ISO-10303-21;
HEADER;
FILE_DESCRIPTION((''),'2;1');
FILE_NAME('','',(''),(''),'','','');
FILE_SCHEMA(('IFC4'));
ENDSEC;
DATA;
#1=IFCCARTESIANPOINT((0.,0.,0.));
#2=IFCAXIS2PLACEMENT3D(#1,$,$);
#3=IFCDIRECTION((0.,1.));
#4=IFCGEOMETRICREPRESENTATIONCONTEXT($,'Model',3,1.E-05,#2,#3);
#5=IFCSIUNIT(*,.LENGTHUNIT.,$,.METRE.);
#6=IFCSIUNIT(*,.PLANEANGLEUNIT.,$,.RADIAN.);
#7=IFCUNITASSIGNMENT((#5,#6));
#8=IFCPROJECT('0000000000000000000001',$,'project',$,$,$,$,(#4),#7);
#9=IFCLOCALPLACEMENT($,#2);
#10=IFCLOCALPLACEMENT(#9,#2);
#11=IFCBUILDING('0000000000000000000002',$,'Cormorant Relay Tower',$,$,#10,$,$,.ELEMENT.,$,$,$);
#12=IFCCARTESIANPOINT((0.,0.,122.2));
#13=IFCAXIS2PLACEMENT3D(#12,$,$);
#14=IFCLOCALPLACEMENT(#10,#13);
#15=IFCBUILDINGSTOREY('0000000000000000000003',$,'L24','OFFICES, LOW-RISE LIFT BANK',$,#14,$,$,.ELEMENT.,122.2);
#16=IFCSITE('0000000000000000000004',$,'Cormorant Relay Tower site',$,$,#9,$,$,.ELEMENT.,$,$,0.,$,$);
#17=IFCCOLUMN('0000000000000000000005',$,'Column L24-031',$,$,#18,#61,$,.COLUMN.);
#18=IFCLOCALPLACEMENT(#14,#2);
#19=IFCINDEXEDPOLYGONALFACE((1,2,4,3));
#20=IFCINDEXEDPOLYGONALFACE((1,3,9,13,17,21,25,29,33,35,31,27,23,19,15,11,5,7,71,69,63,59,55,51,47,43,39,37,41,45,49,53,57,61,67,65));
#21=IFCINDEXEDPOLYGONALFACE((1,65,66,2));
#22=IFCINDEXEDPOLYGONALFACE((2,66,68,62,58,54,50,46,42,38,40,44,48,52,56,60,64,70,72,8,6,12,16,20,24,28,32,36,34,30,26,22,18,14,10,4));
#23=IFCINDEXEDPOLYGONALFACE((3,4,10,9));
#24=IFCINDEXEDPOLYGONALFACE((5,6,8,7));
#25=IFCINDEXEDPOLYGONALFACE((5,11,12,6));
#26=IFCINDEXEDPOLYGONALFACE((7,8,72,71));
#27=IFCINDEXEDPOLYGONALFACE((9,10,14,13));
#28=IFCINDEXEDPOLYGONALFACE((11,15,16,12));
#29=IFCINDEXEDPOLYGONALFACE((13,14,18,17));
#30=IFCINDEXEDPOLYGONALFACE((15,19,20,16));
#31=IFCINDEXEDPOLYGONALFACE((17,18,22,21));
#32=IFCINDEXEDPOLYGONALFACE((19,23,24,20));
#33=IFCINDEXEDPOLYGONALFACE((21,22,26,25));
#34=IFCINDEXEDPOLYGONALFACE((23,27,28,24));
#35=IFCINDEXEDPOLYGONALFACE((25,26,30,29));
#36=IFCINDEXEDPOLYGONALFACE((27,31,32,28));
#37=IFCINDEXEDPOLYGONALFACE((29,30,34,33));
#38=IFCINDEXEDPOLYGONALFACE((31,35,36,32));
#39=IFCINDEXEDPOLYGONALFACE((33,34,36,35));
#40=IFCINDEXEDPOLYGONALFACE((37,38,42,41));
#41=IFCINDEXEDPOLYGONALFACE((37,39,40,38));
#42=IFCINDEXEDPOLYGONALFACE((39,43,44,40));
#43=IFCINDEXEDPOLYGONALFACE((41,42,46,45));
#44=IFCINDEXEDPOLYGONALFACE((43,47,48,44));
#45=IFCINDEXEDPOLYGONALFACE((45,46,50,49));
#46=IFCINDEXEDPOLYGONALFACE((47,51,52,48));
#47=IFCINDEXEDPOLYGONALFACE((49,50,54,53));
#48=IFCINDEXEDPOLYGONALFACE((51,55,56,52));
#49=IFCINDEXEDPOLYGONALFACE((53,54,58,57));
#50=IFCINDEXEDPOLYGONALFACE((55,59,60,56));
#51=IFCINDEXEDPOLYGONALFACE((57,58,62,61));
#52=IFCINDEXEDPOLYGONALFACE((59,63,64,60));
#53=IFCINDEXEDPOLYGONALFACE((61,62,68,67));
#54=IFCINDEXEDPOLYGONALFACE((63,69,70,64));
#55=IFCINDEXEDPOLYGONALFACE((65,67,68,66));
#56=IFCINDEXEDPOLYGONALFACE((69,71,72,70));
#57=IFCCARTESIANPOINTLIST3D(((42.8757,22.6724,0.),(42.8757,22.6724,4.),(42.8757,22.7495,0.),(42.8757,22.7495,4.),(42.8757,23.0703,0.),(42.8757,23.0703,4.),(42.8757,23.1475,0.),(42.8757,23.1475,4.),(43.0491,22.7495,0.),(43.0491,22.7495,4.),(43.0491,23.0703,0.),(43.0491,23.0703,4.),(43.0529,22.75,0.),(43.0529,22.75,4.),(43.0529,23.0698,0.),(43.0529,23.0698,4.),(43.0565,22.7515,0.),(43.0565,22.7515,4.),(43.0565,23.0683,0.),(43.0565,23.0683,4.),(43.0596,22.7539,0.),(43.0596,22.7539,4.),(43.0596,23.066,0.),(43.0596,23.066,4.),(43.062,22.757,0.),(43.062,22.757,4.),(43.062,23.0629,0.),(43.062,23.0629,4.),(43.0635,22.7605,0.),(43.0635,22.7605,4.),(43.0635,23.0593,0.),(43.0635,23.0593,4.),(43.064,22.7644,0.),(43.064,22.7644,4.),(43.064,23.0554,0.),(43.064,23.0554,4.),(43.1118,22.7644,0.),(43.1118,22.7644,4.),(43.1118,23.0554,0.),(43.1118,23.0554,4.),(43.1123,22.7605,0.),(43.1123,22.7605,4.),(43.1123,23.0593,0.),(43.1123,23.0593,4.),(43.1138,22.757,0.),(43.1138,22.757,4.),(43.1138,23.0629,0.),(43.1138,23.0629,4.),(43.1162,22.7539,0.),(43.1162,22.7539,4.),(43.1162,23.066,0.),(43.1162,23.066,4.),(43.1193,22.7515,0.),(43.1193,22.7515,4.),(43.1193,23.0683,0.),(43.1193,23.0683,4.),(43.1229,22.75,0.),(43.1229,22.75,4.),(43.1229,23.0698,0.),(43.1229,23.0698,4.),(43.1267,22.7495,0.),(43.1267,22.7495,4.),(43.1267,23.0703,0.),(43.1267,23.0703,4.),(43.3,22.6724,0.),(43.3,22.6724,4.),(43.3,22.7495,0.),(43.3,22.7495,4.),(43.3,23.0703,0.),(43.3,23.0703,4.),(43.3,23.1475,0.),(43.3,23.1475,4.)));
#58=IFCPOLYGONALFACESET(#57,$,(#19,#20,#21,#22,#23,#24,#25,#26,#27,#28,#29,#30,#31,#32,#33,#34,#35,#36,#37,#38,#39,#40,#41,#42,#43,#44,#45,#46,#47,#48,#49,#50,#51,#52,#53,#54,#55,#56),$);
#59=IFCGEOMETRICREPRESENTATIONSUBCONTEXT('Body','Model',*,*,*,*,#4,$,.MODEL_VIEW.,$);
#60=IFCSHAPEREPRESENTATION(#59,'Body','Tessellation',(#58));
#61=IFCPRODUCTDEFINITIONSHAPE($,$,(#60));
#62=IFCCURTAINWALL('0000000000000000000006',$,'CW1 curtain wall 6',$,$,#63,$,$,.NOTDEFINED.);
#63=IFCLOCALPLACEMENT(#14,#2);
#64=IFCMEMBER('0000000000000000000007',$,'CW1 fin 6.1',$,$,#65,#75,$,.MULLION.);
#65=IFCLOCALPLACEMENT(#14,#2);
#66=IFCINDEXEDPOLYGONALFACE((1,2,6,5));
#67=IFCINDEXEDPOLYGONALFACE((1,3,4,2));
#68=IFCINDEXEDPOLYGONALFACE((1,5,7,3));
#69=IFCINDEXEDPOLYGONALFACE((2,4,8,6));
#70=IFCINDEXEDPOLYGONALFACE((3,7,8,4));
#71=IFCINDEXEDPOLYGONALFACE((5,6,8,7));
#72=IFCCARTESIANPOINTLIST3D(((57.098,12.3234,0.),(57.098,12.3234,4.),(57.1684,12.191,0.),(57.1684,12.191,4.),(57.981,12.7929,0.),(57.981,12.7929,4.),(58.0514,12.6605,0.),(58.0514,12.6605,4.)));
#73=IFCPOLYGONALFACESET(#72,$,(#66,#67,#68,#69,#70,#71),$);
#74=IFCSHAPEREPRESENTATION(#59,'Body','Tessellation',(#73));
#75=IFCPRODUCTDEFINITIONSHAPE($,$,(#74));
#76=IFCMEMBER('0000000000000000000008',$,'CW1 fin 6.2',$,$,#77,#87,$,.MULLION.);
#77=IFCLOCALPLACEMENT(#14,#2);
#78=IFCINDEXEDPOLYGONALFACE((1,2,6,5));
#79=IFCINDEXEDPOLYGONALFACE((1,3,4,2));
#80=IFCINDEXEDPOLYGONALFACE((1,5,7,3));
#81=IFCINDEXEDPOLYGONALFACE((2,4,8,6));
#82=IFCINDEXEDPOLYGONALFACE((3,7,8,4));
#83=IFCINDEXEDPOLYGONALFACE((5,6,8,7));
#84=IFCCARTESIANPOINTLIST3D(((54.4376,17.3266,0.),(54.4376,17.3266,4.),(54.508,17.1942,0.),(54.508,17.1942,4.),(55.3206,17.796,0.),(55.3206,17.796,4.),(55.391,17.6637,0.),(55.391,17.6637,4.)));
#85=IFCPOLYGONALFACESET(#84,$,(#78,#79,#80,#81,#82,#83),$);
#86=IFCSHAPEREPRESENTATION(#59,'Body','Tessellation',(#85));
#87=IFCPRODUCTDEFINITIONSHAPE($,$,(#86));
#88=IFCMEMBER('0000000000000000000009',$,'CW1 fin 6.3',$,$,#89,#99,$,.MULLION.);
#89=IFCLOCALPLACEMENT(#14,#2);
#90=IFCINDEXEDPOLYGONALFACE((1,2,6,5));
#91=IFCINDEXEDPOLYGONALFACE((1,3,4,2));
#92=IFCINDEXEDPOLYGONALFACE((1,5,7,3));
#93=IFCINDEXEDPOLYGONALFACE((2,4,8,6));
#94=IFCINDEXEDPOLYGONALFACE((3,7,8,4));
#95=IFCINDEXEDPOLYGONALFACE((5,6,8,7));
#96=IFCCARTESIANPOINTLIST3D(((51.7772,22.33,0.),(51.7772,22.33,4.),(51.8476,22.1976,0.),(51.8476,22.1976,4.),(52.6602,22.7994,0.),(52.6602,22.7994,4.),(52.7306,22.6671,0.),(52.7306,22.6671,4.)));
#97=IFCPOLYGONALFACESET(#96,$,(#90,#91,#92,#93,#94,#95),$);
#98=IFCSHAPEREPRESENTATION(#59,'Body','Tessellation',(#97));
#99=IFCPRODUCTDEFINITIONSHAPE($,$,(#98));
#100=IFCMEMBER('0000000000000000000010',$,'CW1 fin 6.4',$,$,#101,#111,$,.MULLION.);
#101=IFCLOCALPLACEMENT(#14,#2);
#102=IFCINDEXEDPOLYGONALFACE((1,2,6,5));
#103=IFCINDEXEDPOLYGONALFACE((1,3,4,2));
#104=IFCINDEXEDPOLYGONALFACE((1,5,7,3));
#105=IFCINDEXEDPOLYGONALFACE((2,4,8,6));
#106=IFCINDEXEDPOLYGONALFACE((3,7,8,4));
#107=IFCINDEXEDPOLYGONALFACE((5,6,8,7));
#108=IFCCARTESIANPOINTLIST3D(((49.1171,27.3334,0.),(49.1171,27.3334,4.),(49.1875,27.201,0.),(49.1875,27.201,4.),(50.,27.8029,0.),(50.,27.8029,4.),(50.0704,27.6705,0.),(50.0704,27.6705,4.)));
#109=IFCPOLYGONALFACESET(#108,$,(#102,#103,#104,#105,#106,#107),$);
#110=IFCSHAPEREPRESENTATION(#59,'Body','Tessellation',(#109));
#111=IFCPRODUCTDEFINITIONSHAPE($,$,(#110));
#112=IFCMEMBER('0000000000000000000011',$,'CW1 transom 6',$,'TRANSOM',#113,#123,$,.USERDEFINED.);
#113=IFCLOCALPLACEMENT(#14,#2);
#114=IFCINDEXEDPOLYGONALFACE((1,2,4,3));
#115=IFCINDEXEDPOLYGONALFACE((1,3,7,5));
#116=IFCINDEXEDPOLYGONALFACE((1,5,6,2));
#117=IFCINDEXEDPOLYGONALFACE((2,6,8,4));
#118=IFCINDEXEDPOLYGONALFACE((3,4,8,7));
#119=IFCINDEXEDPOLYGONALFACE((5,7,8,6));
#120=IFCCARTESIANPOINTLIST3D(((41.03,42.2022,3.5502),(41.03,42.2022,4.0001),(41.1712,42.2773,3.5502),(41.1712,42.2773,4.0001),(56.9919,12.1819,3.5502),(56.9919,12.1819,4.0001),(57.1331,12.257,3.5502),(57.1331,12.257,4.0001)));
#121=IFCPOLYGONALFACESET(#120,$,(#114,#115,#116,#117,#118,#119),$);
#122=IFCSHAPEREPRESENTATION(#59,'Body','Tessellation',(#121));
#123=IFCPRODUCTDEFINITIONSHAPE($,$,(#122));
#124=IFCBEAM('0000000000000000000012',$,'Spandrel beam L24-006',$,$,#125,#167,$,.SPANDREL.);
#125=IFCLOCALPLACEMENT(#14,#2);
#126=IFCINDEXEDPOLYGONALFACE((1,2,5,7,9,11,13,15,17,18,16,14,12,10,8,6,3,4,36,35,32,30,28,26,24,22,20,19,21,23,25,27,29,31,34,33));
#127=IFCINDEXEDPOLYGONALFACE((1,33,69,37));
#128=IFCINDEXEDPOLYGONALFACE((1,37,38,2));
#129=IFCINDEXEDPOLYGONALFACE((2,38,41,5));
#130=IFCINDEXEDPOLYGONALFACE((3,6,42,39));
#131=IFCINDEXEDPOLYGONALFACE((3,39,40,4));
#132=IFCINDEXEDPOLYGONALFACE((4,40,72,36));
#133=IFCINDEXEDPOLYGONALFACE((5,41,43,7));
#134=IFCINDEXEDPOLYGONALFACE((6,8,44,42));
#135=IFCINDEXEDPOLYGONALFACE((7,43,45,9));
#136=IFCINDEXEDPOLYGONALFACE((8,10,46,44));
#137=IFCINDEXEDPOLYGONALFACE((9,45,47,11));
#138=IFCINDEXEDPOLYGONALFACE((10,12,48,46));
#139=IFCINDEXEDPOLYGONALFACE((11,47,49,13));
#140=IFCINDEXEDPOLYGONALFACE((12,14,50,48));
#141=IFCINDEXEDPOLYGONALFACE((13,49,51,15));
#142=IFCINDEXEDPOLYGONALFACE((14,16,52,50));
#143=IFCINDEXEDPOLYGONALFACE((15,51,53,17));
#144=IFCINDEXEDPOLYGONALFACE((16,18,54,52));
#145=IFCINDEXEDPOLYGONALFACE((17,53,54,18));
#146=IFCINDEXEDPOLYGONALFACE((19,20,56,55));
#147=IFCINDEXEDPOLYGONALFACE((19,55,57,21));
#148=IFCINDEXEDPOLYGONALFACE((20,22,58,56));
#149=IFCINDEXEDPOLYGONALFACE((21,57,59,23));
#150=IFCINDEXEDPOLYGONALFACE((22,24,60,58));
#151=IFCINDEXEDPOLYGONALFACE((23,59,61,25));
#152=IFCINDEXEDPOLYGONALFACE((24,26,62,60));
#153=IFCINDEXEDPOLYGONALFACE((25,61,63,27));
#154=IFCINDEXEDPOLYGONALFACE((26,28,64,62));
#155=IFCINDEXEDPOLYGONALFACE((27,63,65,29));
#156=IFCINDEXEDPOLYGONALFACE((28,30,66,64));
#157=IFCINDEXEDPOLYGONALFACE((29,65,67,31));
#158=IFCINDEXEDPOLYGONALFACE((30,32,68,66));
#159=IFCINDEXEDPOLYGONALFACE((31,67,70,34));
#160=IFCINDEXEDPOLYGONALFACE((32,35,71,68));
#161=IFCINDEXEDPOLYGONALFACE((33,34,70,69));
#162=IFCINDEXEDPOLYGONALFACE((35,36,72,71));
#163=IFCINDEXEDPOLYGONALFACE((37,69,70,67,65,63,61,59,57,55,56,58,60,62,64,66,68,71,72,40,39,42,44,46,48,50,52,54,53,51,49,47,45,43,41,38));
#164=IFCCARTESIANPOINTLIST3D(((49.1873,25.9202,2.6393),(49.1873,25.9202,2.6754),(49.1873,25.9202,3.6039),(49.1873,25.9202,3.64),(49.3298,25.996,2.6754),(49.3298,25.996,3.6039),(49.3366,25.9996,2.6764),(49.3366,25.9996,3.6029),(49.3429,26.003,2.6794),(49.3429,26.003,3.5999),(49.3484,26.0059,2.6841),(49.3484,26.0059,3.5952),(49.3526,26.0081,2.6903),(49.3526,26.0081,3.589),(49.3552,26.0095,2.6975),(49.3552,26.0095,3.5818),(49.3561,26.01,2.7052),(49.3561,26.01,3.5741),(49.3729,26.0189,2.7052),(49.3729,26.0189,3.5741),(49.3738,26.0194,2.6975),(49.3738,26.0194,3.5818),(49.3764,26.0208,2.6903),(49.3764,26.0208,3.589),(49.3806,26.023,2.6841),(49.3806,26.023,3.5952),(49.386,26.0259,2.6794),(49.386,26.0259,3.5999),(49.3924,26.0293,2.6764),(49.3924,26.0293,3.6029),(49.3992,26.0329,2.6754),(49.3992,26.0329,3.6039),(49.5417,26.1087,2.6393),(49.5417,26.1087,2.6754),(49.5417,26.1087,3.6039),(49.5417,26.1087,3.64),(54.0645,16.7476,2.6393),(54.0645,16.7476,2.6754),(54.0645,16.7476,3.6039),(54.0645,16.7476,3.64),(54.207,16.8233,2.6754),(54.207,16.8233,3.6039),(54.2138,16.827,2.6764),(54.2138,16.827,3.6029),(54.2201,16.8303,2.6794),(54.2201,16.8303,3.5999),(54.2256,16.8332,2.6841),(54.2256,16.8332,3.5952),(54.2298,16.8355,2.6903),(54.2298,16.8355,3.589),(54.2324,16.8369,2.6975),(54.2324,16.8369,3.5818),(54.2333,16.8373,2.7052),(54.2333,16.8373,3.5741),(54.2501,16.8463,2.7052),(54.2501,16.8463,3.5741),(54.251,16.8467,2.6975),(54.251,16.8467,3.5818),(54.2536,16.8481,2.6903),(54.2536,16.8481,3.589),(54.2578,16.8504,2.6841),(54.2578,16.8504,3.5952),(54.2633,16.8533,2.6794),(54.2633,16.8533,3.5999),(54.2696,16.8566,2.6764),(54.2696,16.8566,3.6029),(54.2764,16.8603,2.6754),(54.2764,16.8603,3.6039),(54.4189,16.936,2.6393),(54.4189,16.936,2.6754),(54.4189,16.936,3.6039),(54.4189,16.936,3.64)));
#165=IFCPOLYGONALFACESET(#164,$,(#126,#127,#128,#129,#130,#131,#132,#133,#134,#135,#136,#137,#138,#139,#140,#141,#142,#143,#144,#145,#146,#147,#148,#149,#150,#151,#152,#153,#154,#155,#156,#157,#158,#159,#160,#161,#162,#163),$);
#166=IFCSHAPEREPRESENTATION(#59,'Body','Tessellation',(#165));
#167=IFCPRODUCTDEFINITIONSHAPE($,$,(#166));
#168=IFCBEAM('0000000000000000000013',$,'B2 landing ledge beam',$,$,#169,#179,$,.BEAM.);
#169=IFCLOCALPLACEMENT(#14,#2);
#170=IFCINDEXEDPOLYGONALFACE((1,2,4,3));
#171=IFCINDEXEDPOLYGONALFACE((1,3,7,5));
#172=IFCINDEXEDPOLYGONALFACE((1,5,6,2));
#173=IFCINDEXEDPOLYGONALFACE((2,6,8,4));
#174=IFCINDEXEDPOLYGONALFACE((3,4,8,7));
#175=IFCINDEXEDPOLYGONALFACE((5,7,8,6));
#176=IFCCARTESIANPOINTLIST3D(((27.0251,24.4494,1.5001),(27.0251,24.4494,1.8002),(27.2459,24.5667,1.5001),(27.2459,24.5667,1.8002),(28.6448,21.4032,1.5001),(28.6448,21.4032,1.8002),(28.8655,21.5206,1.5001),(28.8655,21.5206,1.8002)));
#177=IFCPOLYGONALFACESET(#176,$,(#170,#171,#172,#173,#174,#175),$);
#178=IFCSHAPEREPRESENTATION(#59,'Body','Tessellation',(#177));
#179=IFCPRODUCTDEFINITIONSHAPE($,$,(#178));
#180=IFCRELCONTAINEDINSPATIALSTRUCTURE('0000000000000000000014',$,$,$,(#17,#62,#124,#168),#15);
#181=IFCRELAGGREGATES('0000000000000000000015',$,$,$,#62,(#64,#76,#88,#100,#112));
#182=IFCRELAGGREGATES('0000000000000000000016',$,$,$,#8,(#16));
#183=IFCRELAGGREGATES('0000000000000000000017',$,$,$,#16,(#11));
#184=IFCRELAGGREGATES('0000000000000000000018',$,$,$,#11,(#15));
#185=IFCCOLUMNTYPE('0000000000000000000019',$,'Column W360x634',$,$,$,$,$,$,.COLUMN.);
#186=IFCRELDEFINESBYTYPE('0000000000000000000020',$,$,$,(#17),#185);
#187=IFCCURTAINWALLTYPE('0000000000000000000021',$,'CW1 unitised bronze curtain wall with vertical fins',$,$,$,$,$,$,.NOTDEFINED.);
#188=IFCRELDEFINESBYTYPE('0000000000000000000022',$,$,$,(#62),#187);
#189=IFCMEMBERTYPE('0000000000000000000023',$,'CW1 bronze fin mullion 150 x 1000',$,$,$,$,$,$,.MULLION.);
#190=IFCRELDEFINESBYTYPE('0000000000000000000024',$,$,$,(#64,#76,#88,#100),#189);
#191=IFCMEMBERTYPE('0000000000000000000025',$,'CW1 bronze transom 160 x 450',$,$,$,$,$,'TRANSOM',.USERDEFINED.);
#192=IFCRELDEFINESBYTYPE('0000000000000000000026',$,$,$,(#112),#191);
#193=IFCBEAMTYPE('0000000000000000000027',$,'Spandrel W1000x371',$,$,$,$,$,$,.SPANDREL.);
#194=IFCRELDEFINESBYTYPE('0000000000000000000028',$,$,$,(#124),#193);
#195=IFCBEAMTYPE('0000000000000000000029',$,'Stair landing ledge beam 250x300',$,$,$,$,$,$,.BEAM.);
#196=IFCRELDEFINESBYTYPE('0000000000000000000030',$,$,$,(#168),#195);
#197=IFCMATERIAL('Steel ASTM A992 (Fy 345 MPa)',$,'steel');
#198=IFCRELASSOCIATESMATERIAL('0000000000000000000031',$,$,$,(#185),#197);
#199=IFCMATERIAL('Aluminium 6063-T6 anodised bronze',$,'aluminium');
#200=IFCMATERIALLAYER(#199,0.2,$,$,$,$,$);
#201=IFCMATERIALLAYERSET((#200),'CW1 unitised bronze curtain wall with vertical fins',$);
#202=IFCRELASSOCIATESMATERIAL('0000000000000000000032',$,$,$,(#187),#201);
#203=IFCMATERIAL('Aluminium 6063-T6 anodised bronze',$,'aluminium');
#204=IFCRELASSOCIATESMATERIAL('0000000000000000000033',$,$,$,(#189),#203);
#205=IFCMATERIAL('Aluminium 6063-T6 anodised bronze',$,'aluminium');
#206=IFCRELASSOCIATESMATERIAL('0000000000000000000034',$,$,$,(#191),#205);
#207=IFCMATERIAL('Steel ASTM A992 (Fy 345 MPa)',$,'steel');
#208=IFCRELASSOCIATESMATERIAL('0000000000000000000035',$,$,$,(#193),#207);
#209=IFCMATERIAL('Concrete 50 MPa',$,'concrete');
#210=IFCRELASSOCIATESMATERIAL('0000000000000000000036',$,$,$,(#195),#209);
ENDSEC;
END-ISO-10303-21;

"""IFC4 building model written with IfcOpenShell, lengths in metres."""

from ifc_helpers import new_model, si_unit, direction, frame, origin, origin_2d, place, context, subcontext, project, spatial, rectangle, i_section, extrude, material, layer, layer_set, material_profile, profile_set, type_object, element, aggregate, save


model = new_model("IFC4")

# Units and contexts
model_context = context("Model", 3, precision=1e-05, world=origin(), true_north=direction((0.0, 1.0)))
body_context = subcontext(model_context, "Body", "Model", "MODEL_VIEW")
ifc_project = project(units=[si_unit("LENGTHUNIT", "METRE"), si_unit("PLANEANGLEUNIT", "RADIAN")], contexts=[model_context])

# Site, building, storey
site_placement = place(None, origin())
site = spatial("IfcSite", under=ifc_project, at=site_placement, Name="Cormorant Relay Tower site", CompositionType="ELEMENT", RefElevation=0.0)
building_placement = place(site_placement, origin())
building = spatial("IfcBuilding", under=site, at=building_placement, Name="Cormorant Relay Tower", CompositionType="ELEMENT")
storey_placement = place(building_placement, frame((0.0, 0.0, 122.2)))
storey = spatial("IfcBuildingStorey", under=building, at=storey_placement, Name="L24", Description="OFFICES, LOW-RISE LIFT BANK", CompositionType="ELEMENT", Elevation=122.2)

# Column
ifc_material_1 = material(Name="Steel ASTM A992 (Fy 345 MPa)", Category="steel")
ifc_material_profile_1 = material_profile(ifc_material_1, i_section(OverallWidth=0.4243, OverallDepth=0.4751, WebThickness=0.0479, FlangeThickness=0.0771, FilletRadius=0.0149, at=origin_2d()), Name="W360x634")
ifc_profile_set_1 = profile_set([ifc_material_profile_1], Name="Steel ASTM A992 (Fy 345 MPa)")
column_type_1 = type_object("IfcColumnType", Name="Column W360x634", PredefinedType="COLUMN", material=ifc_profile_set_1)
for number, where, z_axis, x_axis, name in (
    (1, (43.0879, 22.9099, 0.0), (0.0, 0.0, 1.0), (1.0, 0.0, 0.0), "Column L24-031"),
):
    element("IfcColumn", number, at=place(storey_placement, frame(where, z_axis=z_axis, x_axis=x_axis)), inside=storey, type_object=column_type_1, Name=name, PredefinedType="COLUMN", context=body_context, shape_type="SweptSolid", body=[
        extrude(i_section(OverallWidth=0.4243, OverallDepth=0.4751, WebThickness=0.0479, FlangeThickness=0.0771, FilletRadius=0.0149, at=origin_2d()), origin(), (0.0, 0.0, 1.0), 4.0),
    ])

# Curtain wall, members
ifc_material_2 = material(Name="Aluminium 6063-T6 anodised bronze", Category="aluminium")
ifc_layer_1 = layer(ifc_material_2, 0.2)
ifc_layer_set_1 = layer_set([ifc_layer_1], Name="CW1 unitised bronze curtain wall with vertical fins")
curtain_wall_type = type_object("IfcCurtainWallType", Name="CW1 unitised bronze curtain wall with vertical fins", PredefinedType="NOTDEFINED", material=ifc_layer_set_1)
curtain_wall_placement = place(storey_placement, origin())
curtain_wall = element("IfcCurtainWall", 2, at=curtain_wall_placement, inside=storey, type_object=curtain_wall_type, Name="CW1 curtain wall 6", PredefinedType="NOTDEFINED")
ifc_material_3 = material(Name="Aluminium 6063-T6 anodised bronze", Category="aluminium")
ifc_material_profile_2 = material_profile(ifc_material_3, rectangle(XDim=0.1499, YDim=1.0, at=origin_2d()), Name="AL 150x1000")
ifc_profile_set_2 = profile_set([ifc_material_profile_2], Name="Aluminium 6063-T6 anodised bronze")
member_type_1 = type_object("IfcMemberType", Name="CW1 bronze fin mullion 150 x 1000", PredefinedType="MULLION", material=ifc_profile_set_2)
member_1_placement = place(storey_placement, frame((57.5747, 12.4919, 0.0), z_axis=(0.0, 0.0, 1.0), x_axis=(-0.469472, 0.882948, 0.0)))
member_1 = element("IfcMember", 3, at=member_1_placement, type_object=member_type_1, Name="CW1 fin 6.1", PredefinedType="MULLION", context=body_context, shape_type="SweptSolid", body=[
    extrude(rectangle(XDim=0.1499, YDim=1.0, at=origin_2d()), origin(), (0.0, 0.0, 1.0), 4.0),
])
member_2_placement = place(storey_placement, frame((54.9143, 17.4951, 0.0), z_axis=(0.0, 0.0, 1.0), x_axis=(-0.469472, 0.882948, 0.0)))
member_2 = element("IfcMember", 4, at=member_2_placement, type_object=member_type_1, Name="CW1 fin 6.2", PredefinedType="MULLION", context=body_context, shape_type="SweptSolid", body=[
    extrude(rectangle(XDim=0.1499, YDim=1.0, at=origin_2d()), origin(), (0.0, 0.0, 1.0), 4.0),
])
member_3_placement = place(storey_placement, frame((52.2539, 22.4985, 0.0), z_axis=(0.0, 0.0, 1.0), x_axis=(-0.469472, 0.882948, 0.0)))
member_3 = element("IfcMember", 5, at=member_3_placement, type_object=member_type_1, Name="CW1 fin 6.3", PredefinedType="MULLION", context=body_context, shape_type="SweptSolid", body=[
    extrude(rectangle(XDim=0.1499, YDim=1.0, at=origin_2d()), origin(), (0.0, 0.0, 1.0), 4.0),
])
member_4_placement = place(storey_placement, frame((49.5938, 27.502, 0.0), z_axis=(0.0, 0.0, 1.0), x_axis=(-0.469472, 0.882948, 0.0)))
member_4 = element("IfcMember", 6, at=member_4_placement, type_object=member_type_1, Name="CW1 fin 6.4", PredefinedType="MULLION", context=body_context, shape_type="SweptSolid", body=[
    extrude(rectangle(XDim=0.1499, YDim=1.0, at=origin_2d()), origin(), (0.0, 0.0, 1.0), 4.0),
])
ifc_material_4 = material(Name="Aluminium 6063-T6 anodised bronze", Category="aluminium")
ifc_material_profile_3 = material_profile(ifc_material_4, rectangle(XDim=0.1599, YDim=0.45, at=origin_2d()), Name="AL 160x450")
ifc_profile_set_3 = profile_set([ifc_material_profile_3], Name="Aluminium 6063-T6 anodised bronze")
member_type_2 = type_object("IfcMemberType", Name="CW1 bronze transom 160 x 450", ElementType="TRANSOM", PredefinedType="USERDEFINED", material=ifc_profile_set_3)
member_5_placement = place(storey_placement, frame((57.0625, 12.2195, 3.7751), z_axis=(-0.469468, 0.882949, 0.0), x_axis=(-0.882949, -0.469468, 0.0)))
member_5 = element("IfcMember", 7, at=member_5_placement, type_object=member_type_2, Name="CW1 transom 6", ObjectType="TRANSOM", PredefinedType="USERDEFINED", context=body_context, shape_type="SweptSolid", body=[
    extrude(rectangle(XDim=0.1599, YDim=0.45, at=origin_2d()), origin(), (0.0, 0.0, 1.0), 34.0),
])

# Beams
ifc_material_5 = material(Name="Steel ASTM A992 (Fy 345 MPa)", Category="steel")
ifc_material_profile_4 = material_profile(ifc_material_5, i_section(OverallWidth=0.4014, OverallDepth=1.0007, WebThickness=0.019, FlangeThickness=0.0361, FilletRadius=0.0298, at=origin_2d()), Name="W1000x371")
ifc_profile_set_4 = profile_set([ifc_material_profile_4], Name="Steel ASTM A992 (Fy 345 MPa)")
beam_type_1 = type_object("IfcBeamType", Name="Spandrel W1000x371", PredefinedType="SPANDREL", material=ifc_profile_set_4)
beam_1_placement = place(storey_placement, frame((54.2417, 16.8418, 3.1396), z_axis=(-0.469474, 0.882946, 0.0), x_axis=(-0.882946, -0.469474, 0.0)))
element("IfcBeam", 8, at=beam_1_placement, inside=storey, type_object=beam_type_1, Name="Spandrel beam L24-006", PredefinedType="SPANDREL", context=body_context, shape_type="SweptSolid", body=[
    extrude(i_section(OverallWidth=0.4014, OverallDepth=1.0007, WebThickness=0.019, FlangeThickness=0.0361, FilletRadius=0.0298, at=origin_2d()), origin(), (0.0, 0.0, 1.0), 10.3887),
])
ifc_material_6 = material(Name="Concrete 50 MPa", Category="concrete")
ifc_material_profile_5 = material_profile(ifc_material_6, rectangle(XDim=0.25, YDim=0.3, at=origin_2d()), Name="RC 250x300")
ifc_profile_set_5 = profile_set([ifc_material_profile_5], Name="Concrete 50 MPa")
beam_type_2 = type_object("IfcBeamType", Name="Stair landing ledge beam 250x300", PredefinedType="BEAM", material=ifc_profile_set_5)
beam_2_placement = place(storey_placement, frame((28.7551, 21.4619, 1.6501), z_axis=(-0.469464, 0.882952, 0.0), x_axis=(-0.882952, -0.469464, 0.0)))
element("IfcBeam", 9, at=beam_2_placement, inside=storey, type_object=beam_type_2, Name="B2 landing ledge beam", PredefinedType="BEAM", context=body_context, shape_type="SweptSolid", body=[
    extrude(rectangle(XDim=0.25, YDim=0.3, at=origin_2d()), origin(), (0.0, 0.0, 1.0), 3.45),
])

aggregate(curtain_wall, [member_1, member_2, member_3, member_4, member_5])

save(model, "model.ifc")
